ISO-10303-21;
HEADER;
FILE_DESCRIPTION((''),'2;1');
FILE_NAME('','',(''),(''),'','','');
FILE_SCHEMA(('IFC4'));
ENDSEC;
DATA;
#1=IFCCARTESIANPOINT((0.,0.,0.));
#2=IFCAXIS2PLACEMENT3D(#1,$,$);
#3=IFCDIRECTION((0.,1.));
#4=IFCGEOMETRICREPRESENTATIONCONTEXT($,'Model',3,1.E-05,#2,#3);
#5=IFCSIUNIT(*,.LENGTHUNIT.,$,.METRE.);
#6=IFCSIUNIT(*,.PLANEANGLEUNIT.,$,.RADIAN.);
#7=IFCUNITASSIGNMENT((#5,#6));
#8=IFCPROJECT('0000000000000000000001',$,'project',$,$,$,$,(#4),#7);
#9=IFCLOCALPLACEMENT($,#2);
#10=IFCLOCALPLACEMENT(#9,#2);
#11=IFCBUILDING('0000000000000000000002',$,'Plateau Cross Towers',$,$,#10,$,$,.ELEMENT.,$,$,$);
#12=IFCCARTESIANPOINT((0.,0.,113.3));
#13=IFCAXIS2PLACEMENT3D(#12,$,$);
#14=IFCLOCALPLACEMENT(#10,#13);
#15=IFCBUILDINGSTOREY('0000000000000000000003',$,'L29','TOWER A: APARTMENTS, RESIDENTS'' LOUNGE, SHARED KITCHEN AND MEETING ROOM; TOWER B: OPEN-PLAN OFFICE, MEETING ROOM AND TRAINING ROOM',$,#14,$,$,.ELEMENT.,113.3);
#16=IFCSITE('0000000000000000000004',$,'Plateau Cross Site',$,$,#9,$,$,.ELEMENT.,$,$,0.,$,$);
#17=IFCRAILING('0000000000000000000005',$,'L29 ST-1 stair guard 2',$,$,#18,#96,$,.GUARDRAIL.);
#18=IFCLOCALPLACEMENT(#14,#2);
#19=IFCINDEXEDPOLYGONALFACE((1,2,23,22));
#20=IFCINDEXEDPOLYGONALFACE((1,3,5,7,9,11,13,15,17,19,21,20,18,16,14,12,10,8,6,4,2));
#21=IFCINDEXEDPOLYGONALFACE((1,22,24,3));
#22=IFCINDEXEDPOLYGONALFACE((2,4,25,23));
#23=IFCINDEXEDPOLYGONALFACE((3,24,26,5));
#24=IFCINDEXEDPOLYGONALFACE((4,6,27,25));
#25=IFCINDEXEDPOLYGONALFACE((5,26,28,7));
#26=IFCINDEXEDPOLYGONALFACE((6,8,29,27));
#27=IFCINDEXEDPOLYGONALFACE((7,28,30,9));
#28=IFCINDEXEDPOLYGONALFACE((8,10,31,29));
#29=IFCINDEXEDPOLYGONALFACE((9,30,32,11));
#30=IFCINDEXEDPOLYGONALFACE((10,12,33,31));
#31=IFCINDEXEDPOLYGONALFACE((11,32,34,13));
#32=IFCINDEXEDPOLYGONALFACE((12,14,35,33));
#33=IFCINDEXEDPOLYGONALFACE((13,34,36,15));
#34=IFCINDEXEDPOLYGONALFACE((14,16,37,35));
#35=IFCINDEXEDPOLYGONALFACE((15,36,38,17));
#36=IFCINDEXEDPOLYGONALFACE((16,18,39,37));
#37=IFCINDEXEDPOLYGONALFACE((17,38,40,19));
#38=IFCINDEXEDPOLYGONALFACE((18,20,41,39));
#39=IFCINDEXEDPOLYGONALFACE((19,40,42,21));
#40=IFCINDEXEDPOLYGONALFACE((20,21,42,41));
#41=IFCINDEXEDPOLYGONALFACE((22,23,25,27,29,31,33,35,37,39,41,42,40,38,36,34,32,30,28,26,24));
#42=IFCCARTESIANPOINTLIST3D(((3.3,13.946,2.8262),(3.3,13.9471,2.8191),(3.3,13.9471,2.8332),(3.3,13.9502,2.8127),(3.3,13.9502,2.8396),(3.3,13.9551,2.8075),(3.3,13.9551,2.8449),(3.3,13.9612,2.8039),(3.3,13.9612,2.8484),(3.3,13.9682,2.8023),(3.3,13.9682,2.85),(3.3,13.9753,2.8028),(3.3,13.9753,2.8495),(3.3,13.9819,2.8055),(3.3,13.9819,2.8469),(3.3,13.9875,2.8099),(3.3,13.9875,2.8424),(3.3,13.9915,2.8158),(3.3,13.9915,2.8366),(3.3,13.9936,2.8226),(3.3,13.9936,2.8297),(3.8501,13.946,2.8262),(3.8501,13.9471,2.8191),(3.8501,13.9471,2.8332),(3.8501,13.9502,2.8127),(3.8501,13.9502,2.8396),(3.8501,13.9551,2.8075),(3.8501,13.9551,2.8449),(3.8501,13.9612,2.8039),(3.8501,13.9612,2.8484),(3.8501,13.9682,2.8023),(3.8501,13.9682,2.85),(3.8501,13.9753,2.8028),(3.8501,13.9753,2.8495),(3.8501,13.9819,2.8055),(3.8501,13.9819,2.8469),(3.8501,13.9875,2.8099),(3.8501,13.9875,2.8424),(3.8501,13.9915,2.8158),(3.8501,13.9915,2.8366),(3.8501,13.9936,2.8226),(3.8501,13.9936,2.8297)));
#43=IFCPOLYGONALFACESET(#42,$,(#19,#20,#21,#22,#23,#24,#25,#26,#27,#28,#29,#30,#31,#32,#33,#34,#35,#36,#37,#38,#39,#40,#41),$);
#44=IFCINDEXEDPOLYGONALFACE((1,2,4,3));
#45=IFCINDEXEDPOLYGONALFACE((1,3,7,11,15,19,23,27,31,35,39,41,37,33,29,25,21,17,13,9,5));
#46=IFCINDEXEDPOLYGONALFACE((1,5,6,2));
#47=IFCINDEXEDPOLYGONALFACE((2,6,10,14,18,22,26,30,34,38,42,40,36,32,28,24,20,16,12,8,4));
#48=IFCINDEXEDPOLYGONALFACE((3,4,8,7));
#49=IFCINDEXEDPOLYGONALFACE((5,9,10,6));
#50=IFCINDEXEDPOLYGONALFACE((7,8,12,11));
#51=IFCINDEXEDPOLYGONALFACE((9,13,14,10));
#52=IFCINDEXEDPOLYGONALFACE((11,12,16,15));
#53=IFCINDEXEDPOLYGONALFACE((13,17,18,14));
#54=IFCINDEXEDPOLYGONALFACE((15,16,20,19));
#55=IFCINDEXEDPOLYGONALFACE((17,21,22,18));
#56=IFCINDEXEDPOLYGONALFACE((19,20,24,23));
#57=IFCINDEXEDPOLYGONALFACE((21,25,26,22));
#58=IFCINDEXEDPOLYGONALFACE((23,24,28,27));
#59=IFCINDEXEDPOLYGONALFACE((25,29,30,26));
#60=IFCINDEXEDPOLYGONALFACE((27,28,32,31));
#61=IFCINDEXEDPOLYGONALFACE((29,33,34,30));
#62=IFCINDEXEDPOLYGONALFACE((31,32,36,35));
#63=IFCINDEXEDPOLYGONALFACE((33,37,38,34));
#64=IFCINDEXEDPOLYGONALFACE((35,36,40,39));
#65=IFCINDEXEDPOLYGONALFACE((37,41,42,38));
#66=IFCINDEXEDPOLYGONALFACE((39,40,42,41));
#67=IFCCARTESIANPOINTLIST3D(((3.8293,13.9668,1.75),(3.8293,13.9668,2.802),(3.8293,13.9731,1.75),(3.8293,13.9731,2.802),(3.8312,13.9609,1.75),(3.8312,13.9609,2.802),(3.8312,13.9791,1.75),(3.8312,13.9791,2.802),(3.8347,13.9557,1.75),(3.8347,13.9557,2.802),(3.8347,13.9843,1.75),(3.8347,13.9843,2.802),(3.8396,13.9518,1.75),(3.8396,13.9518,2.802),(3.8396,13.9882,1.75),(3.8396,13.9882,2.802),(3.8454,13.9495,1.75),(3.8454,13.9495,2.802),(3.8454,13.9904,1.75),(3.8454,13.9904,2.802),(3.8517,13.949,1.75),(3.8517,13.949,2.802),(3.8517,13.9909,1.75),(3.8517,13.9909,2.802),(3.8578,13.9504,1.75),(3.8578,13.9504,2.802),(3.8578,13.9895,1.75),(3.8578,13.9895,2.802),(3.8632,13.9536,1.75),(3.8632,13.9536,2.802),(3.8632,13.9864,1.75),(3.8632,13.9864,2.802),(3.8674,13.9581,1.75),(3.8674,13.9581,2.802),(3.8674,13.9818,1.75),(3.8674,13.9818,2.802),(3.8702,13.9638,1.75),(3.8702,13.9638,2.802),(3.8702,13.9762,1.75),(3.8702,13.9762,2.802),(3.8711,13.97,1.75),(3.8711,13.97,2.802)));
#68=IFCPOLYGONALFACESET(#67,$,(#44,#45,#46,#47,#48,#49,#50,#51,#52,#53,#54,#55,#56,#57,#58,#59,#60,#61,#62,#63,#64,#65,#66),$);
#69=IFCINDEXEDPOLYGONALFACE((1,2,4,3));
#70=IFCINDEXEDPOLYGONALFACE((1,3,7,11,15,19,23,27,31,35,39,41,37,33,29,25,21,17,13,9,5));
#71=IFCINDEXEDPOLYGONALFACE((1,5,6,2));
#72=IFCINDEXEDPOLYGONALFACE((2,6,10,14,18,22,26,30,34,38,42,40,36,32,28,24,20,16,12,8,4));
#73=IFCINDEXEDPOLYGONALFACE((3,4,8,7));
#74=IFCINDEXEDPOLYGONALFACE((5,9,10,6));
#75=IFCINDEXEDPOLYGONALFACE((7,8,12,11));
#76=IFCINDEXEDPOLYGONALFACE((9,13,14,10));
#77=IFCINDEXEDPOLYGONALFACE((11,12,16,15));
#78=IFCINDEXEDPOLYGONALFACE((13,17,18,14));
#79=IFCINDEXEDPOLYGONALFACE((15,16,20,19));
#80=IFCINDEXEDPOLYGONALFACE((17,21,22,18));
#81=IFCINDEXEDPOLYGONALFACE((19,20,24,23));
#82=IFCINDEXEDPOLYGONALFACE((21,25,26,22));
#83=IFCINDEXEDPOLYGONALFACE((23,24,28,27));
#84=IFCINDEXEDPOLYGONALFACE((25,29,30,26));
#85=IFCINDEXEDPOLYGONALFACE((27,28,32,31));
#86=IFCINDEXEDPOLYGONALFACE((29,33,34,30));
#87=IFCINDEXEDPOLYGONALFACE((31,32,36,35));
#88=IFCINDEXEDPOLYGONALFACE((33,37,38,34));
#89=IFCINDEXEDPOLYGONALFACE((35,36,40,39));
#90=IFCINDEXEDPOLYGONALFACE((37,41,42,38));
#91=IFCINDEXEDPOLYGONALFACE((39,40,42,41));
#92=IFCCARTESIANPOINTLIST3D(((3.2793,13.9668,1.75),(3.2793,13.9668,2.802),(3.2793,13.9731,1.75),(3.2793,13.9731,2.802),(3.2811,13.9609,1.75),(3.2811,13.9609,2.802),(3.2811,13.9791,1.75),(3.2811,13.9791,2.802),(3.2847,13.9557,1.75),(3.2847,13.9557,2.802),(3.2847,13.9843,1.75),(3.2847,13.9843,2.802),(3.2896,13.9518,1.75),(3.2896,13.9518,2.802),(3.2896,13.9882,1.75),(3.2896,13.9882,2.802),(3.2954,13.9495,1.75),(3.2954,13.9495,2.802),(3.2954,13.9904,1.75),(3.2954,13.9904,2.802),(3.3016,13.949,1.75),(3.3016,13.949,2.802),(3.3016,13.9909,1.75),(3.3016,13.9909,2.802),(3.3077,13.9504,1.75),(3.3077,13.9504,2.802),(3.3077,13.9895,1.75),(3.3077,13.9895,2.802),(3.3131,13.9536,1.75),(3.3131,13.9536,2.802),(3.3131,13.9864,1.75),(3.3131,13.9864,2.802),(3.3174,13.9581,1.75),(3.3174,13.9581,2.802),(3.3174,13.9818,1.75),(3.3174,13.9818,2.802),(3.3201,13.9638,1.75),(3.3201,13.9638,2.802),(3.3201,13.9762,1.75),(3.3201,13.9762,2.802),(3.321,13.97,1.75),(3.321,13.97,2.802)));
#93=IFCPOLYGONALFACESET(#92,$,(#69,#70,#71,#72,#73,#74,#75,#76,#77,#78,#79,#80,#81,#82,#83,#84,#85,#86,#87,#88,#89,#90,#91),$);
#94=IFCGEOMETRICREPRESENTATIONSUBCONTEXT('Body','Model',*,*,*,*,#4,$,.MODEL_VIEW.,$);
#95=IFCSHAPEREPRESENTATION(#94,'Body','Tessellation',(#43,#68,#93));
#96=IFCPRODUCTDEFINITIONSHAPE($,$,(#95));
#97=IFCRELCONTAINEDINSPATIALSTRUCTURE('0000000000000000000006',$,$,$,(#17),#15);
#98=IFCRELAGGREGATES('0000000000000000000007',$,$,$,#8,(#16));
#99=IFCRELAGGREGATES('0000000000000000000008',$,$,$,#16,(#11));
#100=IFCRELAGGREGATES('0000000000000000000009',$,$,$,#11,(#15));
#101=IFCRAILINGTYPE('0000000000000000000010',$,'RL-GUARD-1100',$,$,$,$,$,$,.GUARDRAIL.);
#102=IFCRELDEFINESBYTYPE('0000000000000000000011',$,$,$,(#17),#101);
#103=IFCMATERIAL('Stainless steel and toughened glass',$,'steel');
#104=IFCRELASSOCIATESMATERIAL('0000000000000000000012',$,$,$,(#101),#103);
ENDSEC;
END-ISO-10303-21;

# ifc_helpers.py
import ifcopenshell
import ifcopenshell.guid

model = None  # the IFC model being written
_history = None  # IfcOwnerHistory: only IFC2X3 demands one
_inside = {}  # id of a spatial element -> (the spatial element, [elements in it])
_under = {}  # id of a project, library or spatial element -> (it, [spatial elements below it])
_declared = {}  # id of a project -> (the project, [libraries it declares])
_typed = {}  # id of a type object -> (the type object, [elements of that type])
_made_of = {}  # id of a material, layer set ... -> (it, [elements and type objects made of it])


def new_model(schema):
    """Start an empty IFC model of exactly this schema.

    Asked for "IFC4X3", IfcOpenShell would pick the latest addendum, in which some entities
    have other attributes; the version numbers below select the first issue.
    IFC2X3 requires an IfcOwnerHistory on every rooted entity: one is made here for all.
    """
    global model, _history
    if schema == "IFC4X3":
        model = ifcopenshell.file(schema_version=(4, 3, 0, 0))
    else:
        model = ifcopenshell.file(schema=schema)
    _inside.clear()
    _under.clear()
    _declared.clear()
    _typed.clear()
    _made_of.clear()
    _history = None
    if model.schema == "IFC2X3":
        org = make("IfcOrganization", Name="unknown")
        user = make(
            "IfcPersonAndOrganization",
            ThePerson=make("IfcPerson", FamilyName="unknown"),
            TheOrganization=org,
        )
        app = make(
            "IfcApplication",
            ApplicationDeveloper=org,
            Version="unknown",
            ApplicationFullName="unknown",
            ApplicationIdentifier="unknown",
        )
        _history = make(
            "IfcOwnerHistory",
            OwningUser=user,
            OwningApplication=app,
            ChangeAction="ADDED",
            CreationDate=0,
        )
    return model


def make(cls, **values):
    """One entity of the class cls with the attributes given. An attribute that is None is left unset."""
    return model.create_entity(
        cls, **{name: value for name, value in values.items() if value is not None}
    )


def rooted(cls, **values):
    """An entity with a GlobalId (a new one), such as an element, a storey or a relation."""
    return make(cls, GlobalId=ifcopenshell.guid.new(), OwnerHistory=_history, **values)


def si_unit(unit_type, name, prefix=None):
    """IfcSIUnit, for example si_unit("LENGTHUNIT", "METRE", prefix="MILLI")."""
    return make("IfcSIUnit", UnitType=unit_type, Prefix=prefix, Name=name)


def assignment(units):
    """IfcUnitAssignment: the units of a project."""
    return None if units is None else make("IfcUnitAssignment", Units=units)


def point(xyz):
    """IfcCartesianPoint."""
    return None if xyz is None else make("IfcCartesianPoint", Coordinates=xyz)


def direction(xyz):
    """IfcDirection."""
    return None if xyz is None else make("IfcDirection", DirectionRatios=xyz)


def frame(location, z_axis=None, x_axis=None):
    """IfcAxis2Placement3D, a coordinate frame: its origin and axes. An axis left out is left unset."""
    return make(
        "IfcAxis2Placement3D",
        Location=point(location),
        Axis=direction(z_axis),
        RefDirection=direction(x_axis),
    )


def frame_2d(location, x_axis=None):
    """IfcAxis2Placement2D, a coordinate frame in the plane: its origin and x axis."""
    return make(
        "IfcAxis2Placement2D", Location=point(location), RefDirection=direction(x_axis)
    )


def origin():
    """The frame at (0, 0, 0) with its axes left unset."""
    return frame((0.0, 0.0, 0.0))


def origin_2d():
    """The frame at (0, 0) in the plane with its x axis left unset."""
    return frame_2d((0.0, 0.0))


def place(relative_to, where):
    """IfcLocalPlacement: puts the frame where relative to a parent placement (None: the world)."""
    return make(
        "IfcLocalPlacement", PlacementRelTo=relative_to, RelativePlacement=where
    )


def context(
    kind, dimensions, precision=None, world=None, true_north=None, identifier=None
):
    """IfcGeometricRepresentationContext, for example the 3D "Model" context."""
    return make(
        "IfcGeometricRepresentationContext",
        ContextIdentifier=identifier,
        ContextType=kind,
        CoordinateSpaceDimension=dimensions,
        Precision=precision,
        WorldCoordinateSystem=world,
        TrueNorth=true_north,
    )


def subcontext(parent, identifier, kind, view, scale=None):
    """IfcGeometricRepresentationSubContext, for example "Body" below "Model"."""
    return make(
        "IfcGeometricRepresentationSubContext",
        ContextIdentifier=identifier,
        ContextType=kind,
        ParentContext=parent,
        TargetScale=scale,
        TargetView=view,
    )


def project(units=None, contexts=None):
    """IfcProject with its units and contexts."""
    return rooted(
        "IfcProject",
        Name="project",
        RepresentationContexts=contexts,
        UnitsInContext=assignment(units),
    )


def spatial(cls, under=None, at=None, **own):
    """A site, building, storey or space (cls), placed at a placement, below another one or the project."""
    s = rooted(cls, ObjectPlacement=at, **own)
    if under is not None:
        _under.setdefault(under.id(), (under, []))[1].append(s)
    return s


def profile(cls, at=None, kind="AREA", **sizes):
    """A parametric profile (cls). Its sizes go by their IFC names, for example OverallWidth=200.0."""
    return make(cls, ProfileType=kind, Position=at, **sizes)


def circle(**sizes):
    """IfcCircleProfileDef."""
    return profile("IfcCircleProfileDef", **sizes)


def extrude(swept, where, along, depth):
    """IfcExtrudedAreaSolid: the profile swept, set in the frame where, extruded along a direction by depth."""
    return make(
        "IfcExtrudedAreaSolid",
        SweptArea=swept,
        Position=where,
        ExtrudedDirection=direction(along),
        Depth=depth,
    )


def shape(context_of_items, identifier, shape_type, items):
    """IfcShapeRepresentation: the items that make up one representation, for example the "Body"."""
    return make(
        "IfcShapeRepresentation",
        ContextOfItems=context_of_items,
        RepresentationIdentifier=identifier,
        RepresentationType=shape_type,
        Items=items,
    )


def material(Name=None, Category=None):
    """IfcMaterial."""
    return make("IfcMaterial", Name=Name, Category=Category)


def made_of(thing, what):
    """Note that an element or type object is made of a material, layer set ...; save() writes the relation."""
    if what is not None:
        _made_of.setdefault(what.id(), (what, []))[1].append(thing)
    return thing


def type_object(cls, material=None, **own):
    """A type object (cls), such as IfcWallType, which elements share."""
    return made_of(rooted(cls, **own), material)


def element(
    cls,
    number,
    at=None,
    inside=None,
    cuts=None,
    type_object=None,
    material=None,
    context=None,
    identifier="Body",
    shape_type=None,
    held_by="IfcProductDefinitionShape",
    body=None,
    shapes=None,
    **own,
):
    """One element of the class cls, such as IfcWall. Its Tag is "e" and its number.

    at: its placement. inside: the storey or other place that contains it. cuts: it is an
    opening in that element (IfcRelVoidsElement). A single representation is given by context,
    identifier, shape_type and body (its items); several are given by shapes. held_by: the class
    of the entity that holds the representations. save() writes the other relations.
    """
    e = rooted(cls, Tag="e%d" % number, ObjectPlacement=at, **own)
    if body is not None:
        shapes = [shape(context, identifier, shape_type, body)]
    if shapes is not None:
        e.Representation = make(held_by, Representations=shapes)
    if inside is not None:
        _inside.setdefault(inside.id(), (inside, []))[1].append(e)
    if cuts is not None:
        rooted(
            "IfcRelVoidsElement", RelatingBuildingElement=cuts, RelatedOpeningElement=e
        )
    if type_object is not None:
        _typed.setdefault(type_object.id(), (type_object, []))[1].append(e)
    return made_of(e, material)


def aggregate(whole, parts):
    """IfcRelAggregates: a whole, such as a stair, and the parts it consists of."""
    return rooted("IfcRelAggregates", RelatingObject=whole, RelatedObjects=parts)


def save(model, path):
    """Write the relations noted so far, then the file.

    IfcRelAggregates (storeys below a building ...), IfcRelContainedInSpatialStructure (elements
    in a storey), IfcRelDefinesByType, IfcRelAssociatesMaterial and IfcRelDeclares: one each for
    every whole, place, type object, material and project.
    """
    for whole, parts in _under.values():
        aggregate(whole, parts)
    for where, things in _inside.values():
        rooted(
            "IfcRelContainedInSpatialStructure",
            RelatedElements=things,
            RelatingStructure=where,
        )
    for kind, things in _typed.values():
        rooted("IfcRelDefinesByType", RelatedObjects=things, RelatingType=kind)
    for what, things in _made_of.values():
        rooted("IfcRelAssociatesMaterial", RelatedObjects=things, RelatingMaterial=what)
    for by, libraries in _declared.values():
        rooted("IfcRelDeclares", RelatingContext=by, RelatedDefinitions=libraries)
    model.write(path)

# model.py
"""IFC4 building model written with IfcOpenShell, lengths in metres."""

from ifc_helpers import new_model, si_unit, direction, frame, origin, origin_2d, place, context, subcontext, project, spatial, circle, extrude, material, type_object, element, save


model = new_model("IFC4")

# Units and contexts
model_context = context("Model", 3, precision=1e-05, world=origin(), true_north=direction((0.0, 1.0)))
body_context = subcontext(model_context, "Body", "Model", "MODEL_VIEW")
ifc_project = project(units=[si_unit("LENGTHUNIT", "METRE"), si_unit("PLANEANGLEUNIT", "RADIAN")], contexts=[model_context])

# Site, building, storey
site_placement = place(None, origin())
site = spatial("IfcSite", under=ifc_project, at=site_placement, Name="Plateau Cross Site", CompositionType="ELEMENT", RefElevation=0.0)
building_placement = place(site_placement, origin())
building = spatial("IfcBuilding", under=site, at=building_placement, Name="Plateau Cross Towers", CompositionType="ELEMENT")
storey_placement = place(building_placement, frame((0.0, 0.0, 113.3)))
storey = spatial("IfcBuildingStorey", under=building, at=storey_placement, Name="L29", Description="TOWER A: APARTMENTS, RESIDENTS' LOUNGE, SHARED KITCHEN AND MEETING ROOM; TOWER B: OPEN-PLAN OFFICE, MEETING ROOM AND TRAINING ROOM", CompositionType="ELEMENT", Elevation=113.3)

# Railing
ifc_material_1 = material(Name="Stainless steel and toughened glass", Category="steel")
railing_type_1 = type_object("IfcRailingType", Name="RL-GUARD-1100", PredefinedType="GUARDRAIL", material=ifc_material_1)
railing_1_placement = place(storey_placement, frame((3.8501, 13.97, 1.75)))
element("IfcRailing", 1, at=railing_1_placement, inside=storey, type_object=railing_type_1, Name="L29 ST-1 stair guard 2", PredefinedType="GUARDRAIL", context=body_context, shape_type="SweptSolid", body=[
    extrude(circle(Radius=0.0239, at=origin_2d()), frame((0.0, 0.0, 1.0762), z_axis=(-1.0, 0.0, 0.0), x_axis=(0.0, -1.0, 0.0)), (0.0, 0.0, 1.0), 0.55),
    extrude(circle(Radius=0.021, at=origin_2d()), origin(), (0.0, 0.0, 1.0), 1.052),
    extrude(circle(Radius=0.021, at=origin_2d()), frame((-0.55, 0.0, 0.0)), (0.0, 0.0, 1.0), 1.052),
])

save(model, "model.ifc")
